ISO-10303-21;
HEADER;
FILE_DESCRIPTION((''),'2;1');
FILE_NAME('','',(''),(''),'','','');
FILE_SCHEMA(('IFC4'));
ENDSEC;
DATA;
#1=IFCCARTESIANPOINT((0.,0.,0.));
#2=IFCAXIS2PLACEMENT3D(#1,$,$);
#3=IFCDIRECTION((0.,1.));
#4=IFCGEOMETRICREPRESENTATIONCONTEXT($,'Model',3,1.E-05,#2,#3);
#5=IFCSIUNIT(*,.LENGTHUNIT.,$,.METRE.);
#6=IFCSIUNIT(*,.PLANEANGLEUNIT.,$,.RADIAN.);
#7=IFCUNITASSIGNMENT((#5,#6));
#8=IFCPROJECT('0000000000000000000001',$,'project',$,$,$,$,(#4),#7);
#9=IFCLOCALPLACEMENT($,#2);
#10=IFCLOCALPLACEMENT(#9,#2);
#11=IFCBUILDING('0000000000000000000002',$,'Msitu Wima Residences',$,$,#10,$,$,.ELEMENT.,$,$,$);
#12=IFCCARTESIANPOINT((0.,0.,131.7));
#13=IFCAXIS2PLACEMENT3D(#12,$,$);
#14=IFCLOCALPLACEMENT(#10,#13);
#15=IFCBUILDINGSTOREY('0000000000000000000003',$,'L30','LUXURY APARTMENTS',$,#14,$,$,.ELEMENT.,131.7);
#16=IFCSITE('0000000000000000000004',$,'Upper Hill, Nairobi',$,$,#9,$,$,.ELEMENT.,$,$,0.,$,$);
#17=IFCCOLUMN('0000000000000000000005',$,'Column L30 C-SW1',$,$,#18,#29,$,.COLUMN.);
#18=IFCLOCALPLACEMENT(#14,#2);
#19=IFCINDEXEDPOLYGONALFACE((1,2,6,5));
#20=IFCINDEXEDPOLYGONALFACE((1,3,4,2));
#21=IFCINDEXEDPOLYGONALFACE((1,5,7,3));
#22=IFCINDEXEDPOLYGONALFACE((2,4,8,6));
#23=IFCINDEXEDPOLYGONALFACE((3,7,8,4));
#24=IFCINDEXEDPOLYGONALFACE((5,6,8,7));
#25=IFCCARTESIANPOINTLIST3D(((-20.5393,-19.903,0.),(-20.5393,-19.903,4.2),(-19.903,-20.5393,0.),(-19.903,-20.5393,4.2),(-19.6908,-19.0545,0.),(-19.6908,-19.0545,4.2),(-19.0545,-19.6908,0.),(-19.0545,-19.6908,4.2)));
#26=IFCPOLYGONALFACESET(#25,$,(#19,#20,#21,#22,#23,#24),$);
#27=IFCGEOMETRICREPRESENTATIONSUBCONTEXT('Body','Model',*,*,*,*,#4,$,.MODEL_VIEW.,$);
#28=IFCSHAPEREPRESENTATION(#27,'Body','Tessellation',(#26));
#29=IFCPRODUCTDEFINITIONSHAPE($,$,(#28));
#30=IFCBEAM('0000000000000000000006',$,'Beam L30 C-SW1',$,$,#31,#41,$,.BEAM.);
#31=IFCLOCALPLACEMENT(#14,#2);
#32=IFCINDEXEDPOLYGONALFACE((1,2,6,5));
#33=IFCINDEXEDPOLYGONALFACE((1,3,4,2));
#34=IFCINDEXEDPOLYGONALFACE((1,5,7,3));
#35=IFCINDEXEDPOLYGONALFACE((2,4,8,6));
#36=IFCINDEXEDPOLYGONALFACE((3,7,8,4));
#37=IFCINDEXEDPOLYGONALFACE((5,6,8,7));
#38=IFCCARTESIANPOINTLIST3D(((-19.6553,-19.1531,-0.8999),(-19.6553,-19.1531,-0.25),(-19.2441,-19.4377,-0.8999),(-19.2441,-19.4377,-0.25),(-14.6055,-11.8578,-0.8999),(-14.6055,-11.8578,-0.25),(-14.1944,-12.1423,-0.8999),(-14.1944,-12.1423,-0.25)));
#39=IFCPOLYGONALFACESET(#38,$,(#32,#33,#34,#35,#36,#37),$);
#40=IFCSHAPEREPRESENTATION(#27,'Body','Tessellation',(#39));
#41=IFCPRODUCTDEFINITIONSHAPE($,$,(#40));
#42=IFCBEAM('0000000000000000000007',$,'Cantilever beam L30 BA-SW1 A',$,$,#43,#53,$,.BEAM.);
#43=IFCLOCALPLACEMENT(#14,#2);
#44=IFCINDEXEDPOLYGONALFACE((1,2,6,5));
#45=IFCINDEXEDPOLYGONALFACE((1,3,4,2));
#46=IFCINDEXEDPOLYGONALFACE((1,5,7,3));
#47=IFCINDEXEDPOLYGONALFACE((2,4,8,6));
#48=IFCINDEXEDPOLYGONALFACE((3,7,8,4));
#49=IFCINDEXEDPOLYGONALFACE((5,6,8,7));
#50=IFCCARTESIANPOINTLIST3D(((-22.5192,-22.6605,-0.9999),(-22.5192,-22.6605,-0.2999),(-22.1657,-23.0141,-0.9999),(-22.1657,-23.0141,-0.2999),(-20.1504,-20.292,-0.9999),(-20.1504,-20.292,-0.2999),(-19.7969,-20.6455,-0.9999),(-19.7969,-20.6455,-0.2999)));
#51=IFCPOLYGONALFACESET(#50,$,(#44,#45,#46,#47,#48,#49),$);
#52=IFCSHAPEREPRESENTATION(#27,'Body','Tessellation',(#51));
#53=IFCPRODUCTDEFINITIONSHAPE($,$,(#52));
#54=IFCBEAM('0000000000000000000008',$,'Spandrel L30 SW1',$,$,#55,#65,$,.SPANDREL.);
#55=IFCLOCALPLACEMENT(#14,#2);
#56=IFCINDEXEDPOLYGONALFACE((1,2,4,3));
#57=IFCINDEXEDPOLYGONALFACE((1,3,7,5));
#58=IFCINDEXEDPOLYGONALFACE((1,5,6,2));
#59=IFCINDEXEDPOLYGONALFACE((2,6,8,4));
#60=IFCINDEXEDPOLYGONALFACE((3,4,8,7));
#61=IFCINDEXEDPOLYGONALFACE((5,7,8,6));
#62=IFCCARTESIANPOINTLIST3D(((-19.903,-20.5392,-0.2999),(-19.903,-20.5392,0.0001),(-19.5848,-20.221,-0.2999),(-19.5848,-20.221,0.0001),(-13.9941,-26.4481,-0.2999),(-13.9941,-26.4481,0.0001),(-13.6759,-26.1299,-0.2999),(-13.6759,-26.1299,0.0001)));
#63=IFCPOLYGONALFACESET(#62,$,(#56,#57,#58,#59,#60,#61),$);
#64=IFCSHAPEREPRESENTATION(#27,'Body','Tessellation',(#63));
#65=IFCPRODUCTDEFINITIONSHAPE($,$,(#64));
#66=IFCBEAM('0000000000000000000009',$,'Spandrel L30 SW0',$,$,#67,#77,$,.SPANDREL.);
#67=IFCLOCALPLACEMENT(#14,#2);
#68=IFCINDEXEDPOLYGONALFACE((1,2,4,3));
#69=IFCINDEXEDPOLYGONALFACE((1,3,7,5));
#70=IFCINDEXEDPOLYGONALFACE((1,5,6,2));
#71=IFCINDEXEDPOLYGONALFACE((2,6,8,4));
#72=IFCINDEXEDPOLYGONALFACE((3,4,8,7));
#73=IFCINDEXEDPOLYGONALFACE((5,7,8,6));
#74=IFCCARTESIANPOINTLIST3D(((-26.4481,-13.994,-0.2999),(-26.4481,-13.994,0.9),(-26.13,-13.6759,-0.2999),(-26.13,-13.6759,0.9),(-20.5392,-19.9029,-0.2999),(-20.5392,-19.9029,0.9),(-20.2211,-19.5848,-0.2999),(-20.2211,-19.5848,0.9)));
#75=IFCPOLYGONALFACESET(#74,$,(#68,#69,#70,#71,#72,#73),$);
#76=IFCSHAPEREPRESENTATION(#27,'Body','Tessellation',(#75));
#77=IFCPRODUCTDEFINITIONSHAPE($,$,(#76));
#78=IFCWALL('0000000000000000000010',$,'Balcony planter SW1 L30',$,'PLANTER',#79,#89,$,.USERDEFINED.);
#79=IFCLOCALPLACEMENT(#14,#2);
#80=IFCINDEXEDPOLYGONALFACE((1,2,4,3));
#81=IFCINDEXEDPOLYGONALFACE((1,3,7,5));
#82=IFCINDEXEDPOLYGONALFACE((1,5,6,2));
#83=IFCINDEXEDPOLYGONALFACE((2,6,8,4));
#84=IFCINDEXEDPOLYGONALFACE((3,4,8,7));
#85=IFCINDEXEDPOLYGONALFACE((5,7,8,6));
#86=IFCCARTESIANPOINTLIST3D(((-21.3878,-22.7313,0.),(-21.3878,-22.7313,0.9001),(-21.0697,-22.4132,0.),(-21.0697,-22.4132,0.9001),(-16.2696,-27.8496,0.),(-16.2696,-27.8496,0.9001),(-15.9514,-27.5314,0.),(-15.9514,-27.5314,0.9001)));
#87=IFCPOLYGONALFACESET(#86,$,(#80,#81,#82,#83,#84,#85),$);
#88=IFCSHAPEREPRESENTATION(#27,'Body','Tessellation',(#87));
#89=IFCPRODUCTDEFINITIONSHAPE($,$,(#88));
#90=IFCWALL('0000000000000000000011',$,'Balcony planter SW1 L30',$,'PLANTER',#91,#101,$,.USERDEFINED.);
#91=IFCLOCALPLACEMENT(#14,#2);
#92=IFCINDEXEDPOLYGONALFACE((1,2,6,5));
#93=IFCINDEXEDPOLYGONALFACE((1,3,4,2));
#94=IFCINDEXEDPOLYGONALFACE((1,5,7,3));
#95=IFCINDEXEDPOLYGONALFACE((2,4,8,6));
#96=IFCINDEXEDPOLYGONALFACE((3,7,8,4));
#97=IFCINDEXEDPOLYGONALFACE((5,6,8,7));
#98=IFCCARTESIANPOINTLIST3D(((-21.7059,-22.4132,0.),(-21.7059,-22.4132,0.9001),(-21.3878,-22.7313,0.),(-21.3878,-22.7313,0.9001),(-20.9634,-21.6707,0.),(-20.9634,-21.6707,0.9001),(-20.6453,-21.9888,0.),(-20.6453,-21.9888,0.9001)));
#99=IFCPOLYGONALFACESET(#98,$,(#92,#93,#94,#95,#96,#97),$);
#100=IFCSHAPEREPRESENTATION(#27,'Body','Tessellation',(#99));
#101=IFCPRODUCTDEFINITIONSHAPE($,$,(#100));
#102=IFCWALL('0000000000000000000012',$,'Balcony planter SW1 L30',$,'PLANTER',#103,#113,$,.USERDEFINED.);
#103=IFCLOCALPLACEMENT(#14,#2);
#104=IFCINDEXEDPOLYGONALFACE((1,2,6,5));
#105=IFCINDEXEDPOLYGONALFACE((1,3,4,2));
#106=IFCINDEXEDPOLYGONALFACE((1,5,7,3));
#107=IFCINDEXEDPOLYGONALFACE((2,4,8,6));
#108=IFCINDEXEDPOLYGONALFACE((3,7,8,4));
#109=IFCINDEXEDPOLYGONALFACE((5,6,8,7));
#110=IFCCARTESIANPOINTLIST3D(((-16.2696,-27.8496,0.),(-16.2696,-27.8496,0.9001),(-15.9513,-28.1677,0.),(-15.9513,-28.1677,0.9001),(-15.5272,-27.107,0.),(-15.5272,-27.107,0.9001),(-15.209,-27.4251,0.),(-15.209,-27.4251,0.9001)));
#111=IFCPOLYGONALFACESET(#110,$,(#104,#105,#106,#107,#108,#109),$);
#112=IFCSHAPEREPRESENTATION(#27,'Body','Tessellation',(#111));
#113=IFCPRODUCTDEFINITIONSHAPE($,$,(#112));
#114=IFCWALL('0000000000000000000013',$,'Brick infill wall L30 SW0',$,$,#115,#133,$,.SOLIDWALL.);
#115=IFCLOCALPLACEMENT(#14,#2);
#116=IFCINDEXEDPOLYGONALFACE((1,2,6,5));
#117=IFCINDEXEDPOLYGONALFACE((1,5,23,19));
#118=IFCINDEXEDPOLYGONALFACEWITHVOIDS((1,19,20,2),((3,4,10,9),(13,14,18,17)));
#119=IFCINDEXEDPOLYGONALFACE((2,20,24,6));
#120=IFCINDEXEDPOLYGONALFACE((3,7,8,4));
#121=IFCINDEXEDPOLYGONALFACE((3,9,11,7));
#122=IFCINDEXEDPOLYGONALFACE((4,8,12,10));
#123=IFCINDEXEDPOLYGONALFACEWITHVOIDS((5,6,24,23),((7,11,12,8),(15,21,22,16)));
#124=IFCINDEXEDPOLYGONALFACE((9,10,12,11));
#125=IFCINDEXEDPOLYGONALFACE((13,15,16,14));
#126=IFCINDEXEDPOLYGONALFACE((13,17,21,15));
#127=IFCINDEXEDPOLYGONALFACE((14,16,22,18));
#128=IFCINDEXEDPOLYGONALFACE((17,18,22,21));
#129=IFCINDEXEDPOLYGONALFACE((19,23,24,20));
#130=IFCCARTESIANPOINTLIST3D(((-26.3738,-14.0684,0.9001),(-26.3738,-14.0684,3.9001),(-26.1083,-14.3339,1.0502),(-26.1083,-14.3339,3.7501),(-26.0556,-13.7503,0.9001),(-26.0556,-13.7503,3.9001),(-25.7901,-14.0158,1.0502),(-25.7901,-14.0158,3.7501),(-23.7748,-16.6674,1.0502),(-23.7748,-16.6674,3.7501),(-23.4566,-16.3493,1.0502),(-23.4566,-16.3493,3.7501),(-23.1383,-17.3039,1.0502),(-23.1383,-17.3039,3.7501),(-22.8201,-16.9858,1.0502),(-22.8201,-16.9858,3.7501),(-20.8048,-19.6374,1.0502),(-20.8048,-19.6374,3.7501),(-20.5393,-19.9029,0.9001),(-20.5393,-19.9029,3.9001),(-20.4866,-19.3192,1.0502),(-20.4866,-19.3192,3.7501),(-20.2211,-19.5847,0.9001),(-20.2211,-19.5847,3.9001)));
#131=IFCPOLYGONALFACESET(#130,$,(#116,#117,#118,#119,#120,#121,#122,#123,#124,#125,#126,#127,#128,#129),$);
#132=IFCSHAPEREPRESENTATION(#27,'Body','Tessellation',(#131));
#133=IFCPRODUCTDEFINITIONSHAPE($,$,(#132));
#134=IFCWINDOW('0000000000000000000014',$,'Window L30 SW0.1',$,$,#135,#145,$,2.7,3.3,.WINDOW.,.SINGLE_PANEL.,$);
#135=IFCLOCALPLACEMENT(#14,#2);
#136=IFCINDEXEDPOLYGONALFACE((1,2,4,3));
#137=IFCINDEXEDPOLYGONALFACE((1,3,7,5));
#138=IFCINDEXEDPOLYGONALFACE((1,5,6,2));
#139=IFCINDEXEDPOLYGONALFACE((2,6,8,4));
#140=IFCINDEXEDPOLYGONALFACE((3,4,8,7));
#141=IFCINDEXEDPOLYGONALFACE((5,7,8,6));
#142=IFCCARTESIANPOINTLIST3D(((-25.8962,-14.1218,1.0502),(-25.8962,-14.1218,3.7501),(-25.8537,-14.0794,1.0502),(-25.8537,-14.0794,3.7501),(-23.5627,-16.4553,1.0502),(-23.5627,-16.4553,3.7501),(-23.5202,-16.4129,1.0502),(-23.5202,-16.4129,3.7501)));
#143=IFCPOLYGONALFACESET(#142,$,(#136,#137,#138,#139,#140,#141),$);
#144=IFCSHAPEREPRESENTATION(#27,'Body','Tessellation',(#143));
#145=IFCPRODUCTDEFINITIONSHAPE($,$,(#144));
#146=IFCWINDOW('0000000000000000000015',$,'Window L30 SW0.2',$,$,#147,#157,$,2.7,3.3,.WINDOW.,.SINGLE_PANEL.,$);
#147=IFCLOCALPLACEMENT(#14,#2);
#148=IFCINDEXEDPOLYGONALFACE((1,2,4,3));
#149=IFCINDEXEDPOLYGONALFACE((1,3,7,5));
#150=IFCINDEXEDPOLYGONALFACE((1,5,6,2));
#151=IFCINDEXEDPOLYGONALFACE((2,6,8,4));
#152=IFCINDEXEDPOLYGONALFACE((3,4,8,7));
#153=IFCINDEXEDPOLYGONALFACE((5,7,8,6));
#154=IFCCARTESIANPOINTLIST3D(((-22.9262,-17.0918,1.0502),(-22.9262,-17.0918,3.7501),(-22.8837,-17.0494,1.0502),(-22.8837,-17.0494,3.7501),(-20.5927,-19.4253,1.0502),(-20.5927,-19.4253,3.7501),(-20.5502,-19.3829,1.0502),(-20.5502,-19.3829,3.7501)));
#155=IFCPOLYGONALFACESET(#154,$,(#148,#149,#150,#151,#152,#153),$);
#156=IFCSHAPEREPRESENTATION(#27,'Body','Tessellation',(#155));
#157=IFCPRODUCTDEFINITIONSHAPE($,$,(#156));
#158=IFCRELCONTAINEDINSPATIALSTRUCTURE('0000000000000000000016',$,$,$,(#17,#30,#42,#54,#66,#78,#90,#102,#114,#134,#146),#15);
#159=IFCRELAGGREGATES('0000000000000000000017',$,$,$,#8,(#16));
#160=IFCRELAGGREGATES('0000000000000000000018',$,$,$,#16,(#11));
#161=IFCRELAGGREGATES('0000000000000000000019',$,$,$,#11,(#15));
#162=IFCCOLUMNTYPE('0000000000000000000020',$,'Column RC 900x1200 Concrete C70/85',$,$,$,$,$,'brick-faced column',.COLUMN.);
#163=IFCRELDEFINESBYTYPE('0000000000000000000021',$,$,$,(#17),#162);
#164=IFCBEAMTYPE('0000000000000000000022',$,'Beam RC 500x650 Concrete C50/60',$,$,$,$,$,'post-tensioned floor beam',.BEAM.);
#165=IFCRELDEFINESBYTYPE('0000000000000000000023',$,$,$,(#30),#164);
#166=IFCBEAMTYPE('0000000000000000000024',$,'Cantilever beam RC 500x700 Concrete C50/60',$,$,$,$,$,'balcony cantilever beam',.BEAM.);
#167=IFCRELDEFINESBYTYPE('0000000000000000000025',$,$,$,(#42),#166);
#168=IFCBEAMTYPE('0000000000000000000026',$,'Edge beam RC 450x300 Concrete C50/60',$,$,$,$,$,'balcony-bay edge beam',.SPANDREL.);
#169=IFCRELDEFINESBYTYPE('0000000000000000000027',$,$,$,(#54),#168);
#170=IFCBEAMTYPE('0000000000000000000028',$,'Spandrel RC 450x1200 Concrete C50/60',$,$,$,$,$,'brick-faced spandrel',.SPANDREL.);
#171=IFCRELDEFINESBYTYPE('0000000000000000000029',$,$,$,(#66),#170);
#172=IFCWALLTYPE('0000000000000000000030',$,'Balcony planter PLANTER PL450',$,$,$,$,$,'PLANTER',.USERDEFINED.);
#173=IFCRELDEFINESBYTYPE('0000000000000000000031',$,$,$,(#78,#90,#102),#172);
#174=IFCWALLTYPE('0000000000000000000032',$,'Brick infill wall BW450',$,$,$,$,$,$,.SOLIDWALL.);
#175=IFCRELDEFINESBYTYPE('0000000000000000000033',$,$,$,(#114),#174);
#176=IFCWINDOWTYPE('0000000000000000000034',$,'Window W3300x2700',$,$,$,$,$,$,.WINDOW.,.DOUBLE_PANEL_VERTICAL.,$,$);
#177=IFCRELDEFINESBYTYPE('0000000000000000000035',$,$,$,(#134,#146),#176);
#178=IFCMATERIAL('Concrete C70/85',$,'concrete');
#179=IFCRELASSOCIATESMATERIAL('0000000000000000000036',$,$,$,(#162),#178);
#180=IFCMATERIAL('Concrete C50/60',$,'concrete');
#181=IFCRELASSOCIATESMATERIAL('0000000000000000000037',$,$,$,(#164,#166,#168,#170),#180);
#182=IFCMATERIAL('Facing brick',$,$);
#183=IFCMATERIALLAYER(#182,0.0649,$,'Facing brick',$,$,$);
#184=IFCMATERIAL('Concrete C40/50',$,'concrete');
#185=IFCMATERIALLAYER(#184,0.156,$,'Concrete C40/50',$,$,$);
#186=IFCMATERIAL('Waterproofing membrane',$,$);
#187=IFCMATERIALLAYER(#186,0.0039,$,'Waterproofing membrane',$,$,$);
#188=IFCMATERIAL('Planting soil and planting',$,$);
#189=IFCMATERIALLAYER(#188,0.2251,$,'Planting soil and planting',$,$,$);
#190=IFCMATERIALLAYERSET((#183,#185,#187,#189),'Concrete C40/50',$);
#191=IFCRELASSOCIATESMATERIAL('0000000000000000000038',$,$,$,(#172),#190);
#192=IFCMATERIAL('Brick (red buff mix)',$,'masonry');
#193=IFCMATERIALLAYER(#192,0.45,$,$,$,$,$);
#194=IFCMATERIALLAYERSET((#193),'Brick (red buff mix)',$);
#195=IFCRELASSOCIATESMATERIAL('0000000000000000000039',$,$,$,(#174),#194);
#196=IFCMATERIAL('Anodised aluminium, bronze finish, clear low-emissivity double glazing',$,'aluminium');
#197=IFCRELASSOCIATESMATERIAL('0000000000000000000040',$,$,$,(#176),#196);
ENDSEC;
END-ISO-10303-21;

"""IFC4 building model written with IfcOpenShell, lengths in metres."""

from ifc_helpers import new_model, si_unit, direction, frame, frame_2d, origin, origin_2d, place, context, subcontext, project, spatial, rectangle, extrude, material, layer, layer_set, material_profile, profile_set, type_object, element, fill, save


model = new_model("IFC4")

# Units and contexts
model_context = context("Model", 3, precision=1e-05, world=origin(), true_north=direction((0.0, 1.0)))
body_context = subcontext(model_context, "Body", "Model", "MODEL_VIEW")
ifc_project = project(units=[si_unit("LENGTHUNIT", "METRE"), si_unit("PLANEANGLEUNIT", "RADIAN")], contexts=[model_context])

# Site, building, storey
site_placement = place(None, origin())
site = spatial("IfcSite", under=ifc_project, at=site_placement, Name="Upper Hill, Nairobi", CompositionType="ELEMENT", RefElevation=0.0)
building_placement = place(site_placement, origin())
building = spatial("IfcBuilding", under=site, at=building_placement, Name="Msitu Wima Residences", CompositionType="ELEMENT")
storey_placement = place(building_placement, frame((0.0, 0.0, 131.7)))
storey = spatial("IfcBuildingStorey", under=building, at=storey_placement, Name="L30", Description="LUXURY APARTMENTS", CompositionType="ELEMENT", Elevation=131.7)

# Column
ifc_material_1 = material(Name="Concrete C70/85", Category="concrete")
ifc_material_profile_1 = material_profile(ifc_material_1, rectangle(XDim=0.8999, YDim=1.2, at=origin_2d()), Name="RC 900x1200")
ifc_profile_set_1 = profile_set([ifc_material_profile_1], Name="Concrete C70/85")
column_type = type_object("IfcColumnType", Name="Column RC 900x1200 Concrete C70/85", ElementType="brick-faced column", PredefinedType="COLUMN", material=ifc_profile_set_1)
column_placement = place(storey_placement, frame((-19.7969, -19.7969, 0.0), z_axis=(0.0, 0.0, 1.0), x_axis=(0.707107, -0.707107, 0.0)))
element("IfcColumn", 1, at=column_placement, inside=storey, type_object=column_type, Name="Column L30 C-SW1", PredefinedType="COLUMN", context=body_context, shape_type="SweptSolid", body=[
    extrude(rectangle(XDim=0.8999, YDim=1.2, at=origin_2d()), origin(), (0.0, 0.0, 1.0), 4.2),
])

# Beams
ifc_material_2 = material(Name="Concrete C50/60", Category="concrete")
ifc_material_profile_2 = material_profile(ifc_material_2, rectangle(XDim=0.5, YDim=0.6499, at=origin_2d()), Name="RC 500x650")
ifc_profile_set_2 = profile_set([ifc_material_profile_2], Name="Concrete C50/60")
beam_type_1 = type_object("IfcBeamType", Name="Beam RC 500x650 Concrete C50/60", ElementType="post-tensioned floor beam", PredefinedType="BEAM", material=ifc_profile_set_2)
beam_1_placement = place(storey_placement, frame((-19.4497, -19.2954, -0.575), z_axis=(0.569144, 0.822238, 0.0), x_axis=(-0.822238, 0.569144, 0.0)))
element("IfcBeam", 2, at=beam_1_placement, inside=storey, type_object=beam_type_1, Name="Beam L30 C-SW1", PredefinedType="BEAM", context=body_context, shape_type="SweptSolid", body=[
    extrude(rectangle(XDim=0.5, YDim=0.6499, at=origin_2d()), origin(), (0.0, 0.0, 1.0), 8.8726),
])
ifc_material_profile_3 = material_profile(ifc_material_2, rectangle(XDim=0.5, YDim=0.7, at=origin_2d()), Name="RC 500x700")
ifc_profile_set_3 = profile_set([ifc_material_profile_3], Name="Concrete C50/60")
beam_type_2 = type_object("IfcBeamType", Name="Cantilever beam RC 500x700 Concrete C50/60", ElementType="balcony cantilever beam", PredefinedType="BEAM", material=ifc_profile_set_3)
beam_2_placement = place(storey_placement, frame((-19.9736, -20.4688, -0.6499), z_axis=(-0.707143, -0.70707, 0.0), x_axis=(0.70707, -0.707143, 0.0)))
element("IfcBeam", 3, at=beam_2_placement, inside=storey, type_object=beam_type_2, Name="Cantilever beam L30 BA-SW1 A", PredefinedType="BEAM", context=body_context, shape_type="SweptSolid", body=[
    extrude(rectangle(XDim=0.5, YDim=0.7, at=origin_2d()), origin(), (0.0, 0.0, 1.0), 3.3499),
])
ifc_material_profile_4 = material_profile(ifc_material_2, rectangle(XDim=0.45, YDim=0.3, at=origin_2d()), Name="RC 450x300")
ifc_profile_set_4 = profile_set([ifc_material_profile_4], Name="Concrete C50/60")
beam_type_3 = type_object("IfcBeamType", Name="Edge beam RC 450x300 Concrete C50/60", ElementType="balcony-bay edge beam", PredefinedType="SPANDREL", material=ifc_profile_set_4)
beam_3_placement = place(storey_placement, frame((-19.7439, -20.3801, -0.1499), z_axis=(0.707107, -0.707107, 0.0), x_axis=(0.707107, 0.707107, 0.0)))
element("IfcBeam", 4, at=beam_3_placement, inside=storey, type_object=beam_type_3, Name="Spandrel L30 SW1", PredefinedType="SPANDREL", context=body_context, shape_type="SweptSolid", body=[
    extrude(rectangle(XDim=0.45, YDim=0.3, at=origin_2d()), origin(), (0.0, 0.0, 1.0), 8.3564),
])
ifc_material_profile_5 = material_profile(ifc_material_2, rectangle(XDim=0.45, YDim=1.2, at=origin_2d()), Name="RC 450x1200")
ifc_profile_set_5 = profile_set([ifc_material_profile_5], Name="Concrete C50/60")
beam_type_4 = type_object("IfcBeamType", Name="Spandrel RC 450x1200 Concrete C50/60", ElementType="brick-faced spandrel", PredefinedType="SPANDREL", material=ifc_profile_set_5)
beam_4_placement = place(storey_placement, frame((-26.2891, -13.835, 0.3), z_axis=(0.707107, -0.707107, 0.0), x_axis=(0.707107, 0.707107, 0.0)))
element("IfcBeam", 5, at=beam_4_placement, inside=storey, type_object=beam_type_4, Name="Spandrel L30 SW0", PredefinedType="SPANDREL", context=body_context, shape_type="SweptSolid", body=[
    extrude(rectangle(XDim=0.45, YDim=1.2, at=origin_2d()), origin(), (0.0, 0.0, 1.0), 8.3564),
])

# Walls
ifc_material_3 = material(Name="Facing brick")
ifc_layer_1 = layer(ifc_material_3, 0.0649, Name="Facing brick")
ifc_material_4 = material(Name="Concrete C40/50", Category="concrete")
ifc_layer_2 = layer(ifc_material_4, 0.156, Name="Concrete C40/50")
ifc_material_5 = material(Name="Waterproofing membrane")
ifc_layer_3 = layer(ifc_material_5, 0.0039, Name="Waterproofing membrane")
ifc_material_6 = material(Name="Planting soil and planting")
ifc_layer_4 = layer(ifc_material_6, 0.2251, Name="Planting soil and planting")
ifc_layer_set_1 = layer_set([ifc_layer_1, ifc_layer_2, ifc_layer_3, ifc_layer_4], Name="Concrete C40/50")
wall_type_1 = type_object("IfcWallType", Name="Balcony planter PLANTER PL450", ElementType="PLANTER", PredefinedType="USERDEFINED", material=ifc_layer_set_1)
wall_1_placement = place(storey_placement, frame((-21.2288, -22.5723, 0.0), z_axis=(0.0, 0.0, 1.0), x_axis=(0.707107, -0.707107, 0.0)))
element("IfcWall", 6, at=wall_1_placement, inside=storey, type_object=wall_type_1, Name="Balcony planter SW1 L30", ObjectType="PLANTER", PredefinedType="USERDEFINED", context=body_context, shape_type="SweptSolid", body=[
    extrude(rectangle(XDim=7.2383, YDim=0.45, at=frame_2d((3.6191, 0.0))), origin(), (0.0, 0.0, 1.0), 0.9001),
])
for number, where, z_axis, x_axis, name in (
    (7, (-20.8044, -21.8298, 0.0), (0.0, 0.0, 1.0), (-0.707107, -0.707107, 0.0), "Balcony planter SW1 L30"),
    (8, (-15.3682, -27.2661, 0.0), (0.0, 0.0, 1.0), (-0.706991, -0.707223, 0.0), "Balcony planter SW1 L30"),
):
    element("IfcWall", number, at=place(storey_placement, frame(where, z_axis=z_axis, x_axis=x_axis)), inside=storey, type_object=wall_type_1, Name=name, ObjectType="PLANTER", PredefinedType="USERDEFINED", context=body_context, shape_type="SweptSolid", body=[
        extrude(rectangle(XDim=1.05, YDim=0.45, at=frame_2d((0.5249, 0.0))), origin(), (0.0, 0.0, 1.0), 0.9001),
    ])

# Wall, openings, windows
ifc_material_7 = material(Name="Brick (red buff mix)", Category="masonry")
ifc_layer_5 = layer(ifc_material_7, 0.45)
ifc_layer_set_2 = layer_set([ifc_layer_5], Name="Brick (red buff mix)")
wall_type_2 = type_object("IfcWallType", Name="Brick infill wall BW450", PredefinedType="SOLIDWALL", material=ifc_layer_set_2)
wall_2_placement = place(storey_placement, frame((-26.2146, -13.9094, 0.9001), z_axis=(0.0, 0.0, 1.0), x_axis=(0.707107, -0.707107, 0.0)))
wall_2 = element("IfcWall", 9, at=wall_2_placement, inside=storey, type_object=wall_type_2, Name="Brick infill wall L30 SW0", PredefinedType="SOLIDWALL", context=body_context, shape_type="SweptSolid", body=[
    extrude(rectangle(XDim=8.2512, YDim=0.45, at=frame_2d((4.1255, 0.0))), origin(), (0.0, 0.0, 1.0), 3.0),
])
opening_1_placement = place(wall_2_placement, frame((0.3755, 0.0, 0.1499)))
opening_1 = element("IfcOpeningElement", 10, at=opening_1_placement, cuts=wall_2, PredefinedType="OPENING", context=body_context, shape_type="SweptSolid", body=[
    extrude(rectangle(XDim=3.3, YDim=2.7, at=frame_2d((1.6499, 1.3501))), frame((0.0, 0.2349, 0.0), z_axis=(0.0, -1.0, 0.0), x_axis=(1.0, 0.0, 0.0)), (0.0, 0.0, 1.0), 0.47),
])
opening_2_placement = place(wall_2_placement, frame((4.5757, 0.0, 0.1499)))
opening_2 = element("IfcOpeningElement", 11, at=opening_2_placement, cuts=wall_2, PredefinedType="OPENING", context=body_context, shape_type="SweptSolid", body=[
    extrude(rectangle(XDim=3.3, YDim=2.7, at=frame_2d((1.6499, 1.3501))), frame((0.0, 0.2349, 0.0), z_axis=(0.0, -1.0, 0.0), x_axis=(1.0, 0.0, 0.0)), (0.0, 0.0, 1.0), 0.47),
])
ifc_material_8 = material(Name="Anodised aluminium, bronze finish, clear low-emissivity double glazing", Category="aluminium")
window_type = type_object("IfcWindowType", Name="Window W3300x2700", PartitioningType="DOUBLE_PANEL_VERTICAL", PredefinedType="WINDOW", material=ifc_material_8)
window_1_placement = place(opening_1_placement, origin())
window_1 = element("IfcWindow", 12, at=window_1_placement, inside=storey, type_object=window_type, Name="Window L30 SW0.1", OverallHeight=2.7, OverallWidth=3.3, PartitioningType="SINGLE_PANEL", PredefinedType="WINDOW", context=body_context, shape_type="SweptSolid", body=[
    extrude(rectangle(XDim=3.3, YDim=2.7, at=frame_2d((1.6499, 1.3501))), frame((0.0, 0.135, 0.0), z_axis=(0.0, -1.0, 0.0), x_axis=(1.0, 0.0, 0.0)), (0.0, 0.0, 1.0), 0.0601),
])
fill(opening_1, window_1)
window_2_placement = place(opening_2_placement, origin())
window_2 = element("IfcWindow", 13, at=window_2_placement, inside=storey, type_object=window_type, Name="Window L30 SW0.2", OverallHeight=2.7, OverallWidth=3.3, PartitioningType="SINGLE_PANEL", PredefinedType="WINDOW", context=body_context, shape_type="SweptSolid", body=[
    extrude(rectangle(XDim=3.3, YDim=2.7, at=frame_2d((1.6499, 1.3501))), frame((0.0, 0.135, 0.0), z_axis=(0.0, -1.0, 0.0), x_axis=(1.0, 0.0, 0.0)), (0.0, 0.0, 1.0), 0.0601),
])
fill(opening_2, window_2)

save(model, "model.ifc")
